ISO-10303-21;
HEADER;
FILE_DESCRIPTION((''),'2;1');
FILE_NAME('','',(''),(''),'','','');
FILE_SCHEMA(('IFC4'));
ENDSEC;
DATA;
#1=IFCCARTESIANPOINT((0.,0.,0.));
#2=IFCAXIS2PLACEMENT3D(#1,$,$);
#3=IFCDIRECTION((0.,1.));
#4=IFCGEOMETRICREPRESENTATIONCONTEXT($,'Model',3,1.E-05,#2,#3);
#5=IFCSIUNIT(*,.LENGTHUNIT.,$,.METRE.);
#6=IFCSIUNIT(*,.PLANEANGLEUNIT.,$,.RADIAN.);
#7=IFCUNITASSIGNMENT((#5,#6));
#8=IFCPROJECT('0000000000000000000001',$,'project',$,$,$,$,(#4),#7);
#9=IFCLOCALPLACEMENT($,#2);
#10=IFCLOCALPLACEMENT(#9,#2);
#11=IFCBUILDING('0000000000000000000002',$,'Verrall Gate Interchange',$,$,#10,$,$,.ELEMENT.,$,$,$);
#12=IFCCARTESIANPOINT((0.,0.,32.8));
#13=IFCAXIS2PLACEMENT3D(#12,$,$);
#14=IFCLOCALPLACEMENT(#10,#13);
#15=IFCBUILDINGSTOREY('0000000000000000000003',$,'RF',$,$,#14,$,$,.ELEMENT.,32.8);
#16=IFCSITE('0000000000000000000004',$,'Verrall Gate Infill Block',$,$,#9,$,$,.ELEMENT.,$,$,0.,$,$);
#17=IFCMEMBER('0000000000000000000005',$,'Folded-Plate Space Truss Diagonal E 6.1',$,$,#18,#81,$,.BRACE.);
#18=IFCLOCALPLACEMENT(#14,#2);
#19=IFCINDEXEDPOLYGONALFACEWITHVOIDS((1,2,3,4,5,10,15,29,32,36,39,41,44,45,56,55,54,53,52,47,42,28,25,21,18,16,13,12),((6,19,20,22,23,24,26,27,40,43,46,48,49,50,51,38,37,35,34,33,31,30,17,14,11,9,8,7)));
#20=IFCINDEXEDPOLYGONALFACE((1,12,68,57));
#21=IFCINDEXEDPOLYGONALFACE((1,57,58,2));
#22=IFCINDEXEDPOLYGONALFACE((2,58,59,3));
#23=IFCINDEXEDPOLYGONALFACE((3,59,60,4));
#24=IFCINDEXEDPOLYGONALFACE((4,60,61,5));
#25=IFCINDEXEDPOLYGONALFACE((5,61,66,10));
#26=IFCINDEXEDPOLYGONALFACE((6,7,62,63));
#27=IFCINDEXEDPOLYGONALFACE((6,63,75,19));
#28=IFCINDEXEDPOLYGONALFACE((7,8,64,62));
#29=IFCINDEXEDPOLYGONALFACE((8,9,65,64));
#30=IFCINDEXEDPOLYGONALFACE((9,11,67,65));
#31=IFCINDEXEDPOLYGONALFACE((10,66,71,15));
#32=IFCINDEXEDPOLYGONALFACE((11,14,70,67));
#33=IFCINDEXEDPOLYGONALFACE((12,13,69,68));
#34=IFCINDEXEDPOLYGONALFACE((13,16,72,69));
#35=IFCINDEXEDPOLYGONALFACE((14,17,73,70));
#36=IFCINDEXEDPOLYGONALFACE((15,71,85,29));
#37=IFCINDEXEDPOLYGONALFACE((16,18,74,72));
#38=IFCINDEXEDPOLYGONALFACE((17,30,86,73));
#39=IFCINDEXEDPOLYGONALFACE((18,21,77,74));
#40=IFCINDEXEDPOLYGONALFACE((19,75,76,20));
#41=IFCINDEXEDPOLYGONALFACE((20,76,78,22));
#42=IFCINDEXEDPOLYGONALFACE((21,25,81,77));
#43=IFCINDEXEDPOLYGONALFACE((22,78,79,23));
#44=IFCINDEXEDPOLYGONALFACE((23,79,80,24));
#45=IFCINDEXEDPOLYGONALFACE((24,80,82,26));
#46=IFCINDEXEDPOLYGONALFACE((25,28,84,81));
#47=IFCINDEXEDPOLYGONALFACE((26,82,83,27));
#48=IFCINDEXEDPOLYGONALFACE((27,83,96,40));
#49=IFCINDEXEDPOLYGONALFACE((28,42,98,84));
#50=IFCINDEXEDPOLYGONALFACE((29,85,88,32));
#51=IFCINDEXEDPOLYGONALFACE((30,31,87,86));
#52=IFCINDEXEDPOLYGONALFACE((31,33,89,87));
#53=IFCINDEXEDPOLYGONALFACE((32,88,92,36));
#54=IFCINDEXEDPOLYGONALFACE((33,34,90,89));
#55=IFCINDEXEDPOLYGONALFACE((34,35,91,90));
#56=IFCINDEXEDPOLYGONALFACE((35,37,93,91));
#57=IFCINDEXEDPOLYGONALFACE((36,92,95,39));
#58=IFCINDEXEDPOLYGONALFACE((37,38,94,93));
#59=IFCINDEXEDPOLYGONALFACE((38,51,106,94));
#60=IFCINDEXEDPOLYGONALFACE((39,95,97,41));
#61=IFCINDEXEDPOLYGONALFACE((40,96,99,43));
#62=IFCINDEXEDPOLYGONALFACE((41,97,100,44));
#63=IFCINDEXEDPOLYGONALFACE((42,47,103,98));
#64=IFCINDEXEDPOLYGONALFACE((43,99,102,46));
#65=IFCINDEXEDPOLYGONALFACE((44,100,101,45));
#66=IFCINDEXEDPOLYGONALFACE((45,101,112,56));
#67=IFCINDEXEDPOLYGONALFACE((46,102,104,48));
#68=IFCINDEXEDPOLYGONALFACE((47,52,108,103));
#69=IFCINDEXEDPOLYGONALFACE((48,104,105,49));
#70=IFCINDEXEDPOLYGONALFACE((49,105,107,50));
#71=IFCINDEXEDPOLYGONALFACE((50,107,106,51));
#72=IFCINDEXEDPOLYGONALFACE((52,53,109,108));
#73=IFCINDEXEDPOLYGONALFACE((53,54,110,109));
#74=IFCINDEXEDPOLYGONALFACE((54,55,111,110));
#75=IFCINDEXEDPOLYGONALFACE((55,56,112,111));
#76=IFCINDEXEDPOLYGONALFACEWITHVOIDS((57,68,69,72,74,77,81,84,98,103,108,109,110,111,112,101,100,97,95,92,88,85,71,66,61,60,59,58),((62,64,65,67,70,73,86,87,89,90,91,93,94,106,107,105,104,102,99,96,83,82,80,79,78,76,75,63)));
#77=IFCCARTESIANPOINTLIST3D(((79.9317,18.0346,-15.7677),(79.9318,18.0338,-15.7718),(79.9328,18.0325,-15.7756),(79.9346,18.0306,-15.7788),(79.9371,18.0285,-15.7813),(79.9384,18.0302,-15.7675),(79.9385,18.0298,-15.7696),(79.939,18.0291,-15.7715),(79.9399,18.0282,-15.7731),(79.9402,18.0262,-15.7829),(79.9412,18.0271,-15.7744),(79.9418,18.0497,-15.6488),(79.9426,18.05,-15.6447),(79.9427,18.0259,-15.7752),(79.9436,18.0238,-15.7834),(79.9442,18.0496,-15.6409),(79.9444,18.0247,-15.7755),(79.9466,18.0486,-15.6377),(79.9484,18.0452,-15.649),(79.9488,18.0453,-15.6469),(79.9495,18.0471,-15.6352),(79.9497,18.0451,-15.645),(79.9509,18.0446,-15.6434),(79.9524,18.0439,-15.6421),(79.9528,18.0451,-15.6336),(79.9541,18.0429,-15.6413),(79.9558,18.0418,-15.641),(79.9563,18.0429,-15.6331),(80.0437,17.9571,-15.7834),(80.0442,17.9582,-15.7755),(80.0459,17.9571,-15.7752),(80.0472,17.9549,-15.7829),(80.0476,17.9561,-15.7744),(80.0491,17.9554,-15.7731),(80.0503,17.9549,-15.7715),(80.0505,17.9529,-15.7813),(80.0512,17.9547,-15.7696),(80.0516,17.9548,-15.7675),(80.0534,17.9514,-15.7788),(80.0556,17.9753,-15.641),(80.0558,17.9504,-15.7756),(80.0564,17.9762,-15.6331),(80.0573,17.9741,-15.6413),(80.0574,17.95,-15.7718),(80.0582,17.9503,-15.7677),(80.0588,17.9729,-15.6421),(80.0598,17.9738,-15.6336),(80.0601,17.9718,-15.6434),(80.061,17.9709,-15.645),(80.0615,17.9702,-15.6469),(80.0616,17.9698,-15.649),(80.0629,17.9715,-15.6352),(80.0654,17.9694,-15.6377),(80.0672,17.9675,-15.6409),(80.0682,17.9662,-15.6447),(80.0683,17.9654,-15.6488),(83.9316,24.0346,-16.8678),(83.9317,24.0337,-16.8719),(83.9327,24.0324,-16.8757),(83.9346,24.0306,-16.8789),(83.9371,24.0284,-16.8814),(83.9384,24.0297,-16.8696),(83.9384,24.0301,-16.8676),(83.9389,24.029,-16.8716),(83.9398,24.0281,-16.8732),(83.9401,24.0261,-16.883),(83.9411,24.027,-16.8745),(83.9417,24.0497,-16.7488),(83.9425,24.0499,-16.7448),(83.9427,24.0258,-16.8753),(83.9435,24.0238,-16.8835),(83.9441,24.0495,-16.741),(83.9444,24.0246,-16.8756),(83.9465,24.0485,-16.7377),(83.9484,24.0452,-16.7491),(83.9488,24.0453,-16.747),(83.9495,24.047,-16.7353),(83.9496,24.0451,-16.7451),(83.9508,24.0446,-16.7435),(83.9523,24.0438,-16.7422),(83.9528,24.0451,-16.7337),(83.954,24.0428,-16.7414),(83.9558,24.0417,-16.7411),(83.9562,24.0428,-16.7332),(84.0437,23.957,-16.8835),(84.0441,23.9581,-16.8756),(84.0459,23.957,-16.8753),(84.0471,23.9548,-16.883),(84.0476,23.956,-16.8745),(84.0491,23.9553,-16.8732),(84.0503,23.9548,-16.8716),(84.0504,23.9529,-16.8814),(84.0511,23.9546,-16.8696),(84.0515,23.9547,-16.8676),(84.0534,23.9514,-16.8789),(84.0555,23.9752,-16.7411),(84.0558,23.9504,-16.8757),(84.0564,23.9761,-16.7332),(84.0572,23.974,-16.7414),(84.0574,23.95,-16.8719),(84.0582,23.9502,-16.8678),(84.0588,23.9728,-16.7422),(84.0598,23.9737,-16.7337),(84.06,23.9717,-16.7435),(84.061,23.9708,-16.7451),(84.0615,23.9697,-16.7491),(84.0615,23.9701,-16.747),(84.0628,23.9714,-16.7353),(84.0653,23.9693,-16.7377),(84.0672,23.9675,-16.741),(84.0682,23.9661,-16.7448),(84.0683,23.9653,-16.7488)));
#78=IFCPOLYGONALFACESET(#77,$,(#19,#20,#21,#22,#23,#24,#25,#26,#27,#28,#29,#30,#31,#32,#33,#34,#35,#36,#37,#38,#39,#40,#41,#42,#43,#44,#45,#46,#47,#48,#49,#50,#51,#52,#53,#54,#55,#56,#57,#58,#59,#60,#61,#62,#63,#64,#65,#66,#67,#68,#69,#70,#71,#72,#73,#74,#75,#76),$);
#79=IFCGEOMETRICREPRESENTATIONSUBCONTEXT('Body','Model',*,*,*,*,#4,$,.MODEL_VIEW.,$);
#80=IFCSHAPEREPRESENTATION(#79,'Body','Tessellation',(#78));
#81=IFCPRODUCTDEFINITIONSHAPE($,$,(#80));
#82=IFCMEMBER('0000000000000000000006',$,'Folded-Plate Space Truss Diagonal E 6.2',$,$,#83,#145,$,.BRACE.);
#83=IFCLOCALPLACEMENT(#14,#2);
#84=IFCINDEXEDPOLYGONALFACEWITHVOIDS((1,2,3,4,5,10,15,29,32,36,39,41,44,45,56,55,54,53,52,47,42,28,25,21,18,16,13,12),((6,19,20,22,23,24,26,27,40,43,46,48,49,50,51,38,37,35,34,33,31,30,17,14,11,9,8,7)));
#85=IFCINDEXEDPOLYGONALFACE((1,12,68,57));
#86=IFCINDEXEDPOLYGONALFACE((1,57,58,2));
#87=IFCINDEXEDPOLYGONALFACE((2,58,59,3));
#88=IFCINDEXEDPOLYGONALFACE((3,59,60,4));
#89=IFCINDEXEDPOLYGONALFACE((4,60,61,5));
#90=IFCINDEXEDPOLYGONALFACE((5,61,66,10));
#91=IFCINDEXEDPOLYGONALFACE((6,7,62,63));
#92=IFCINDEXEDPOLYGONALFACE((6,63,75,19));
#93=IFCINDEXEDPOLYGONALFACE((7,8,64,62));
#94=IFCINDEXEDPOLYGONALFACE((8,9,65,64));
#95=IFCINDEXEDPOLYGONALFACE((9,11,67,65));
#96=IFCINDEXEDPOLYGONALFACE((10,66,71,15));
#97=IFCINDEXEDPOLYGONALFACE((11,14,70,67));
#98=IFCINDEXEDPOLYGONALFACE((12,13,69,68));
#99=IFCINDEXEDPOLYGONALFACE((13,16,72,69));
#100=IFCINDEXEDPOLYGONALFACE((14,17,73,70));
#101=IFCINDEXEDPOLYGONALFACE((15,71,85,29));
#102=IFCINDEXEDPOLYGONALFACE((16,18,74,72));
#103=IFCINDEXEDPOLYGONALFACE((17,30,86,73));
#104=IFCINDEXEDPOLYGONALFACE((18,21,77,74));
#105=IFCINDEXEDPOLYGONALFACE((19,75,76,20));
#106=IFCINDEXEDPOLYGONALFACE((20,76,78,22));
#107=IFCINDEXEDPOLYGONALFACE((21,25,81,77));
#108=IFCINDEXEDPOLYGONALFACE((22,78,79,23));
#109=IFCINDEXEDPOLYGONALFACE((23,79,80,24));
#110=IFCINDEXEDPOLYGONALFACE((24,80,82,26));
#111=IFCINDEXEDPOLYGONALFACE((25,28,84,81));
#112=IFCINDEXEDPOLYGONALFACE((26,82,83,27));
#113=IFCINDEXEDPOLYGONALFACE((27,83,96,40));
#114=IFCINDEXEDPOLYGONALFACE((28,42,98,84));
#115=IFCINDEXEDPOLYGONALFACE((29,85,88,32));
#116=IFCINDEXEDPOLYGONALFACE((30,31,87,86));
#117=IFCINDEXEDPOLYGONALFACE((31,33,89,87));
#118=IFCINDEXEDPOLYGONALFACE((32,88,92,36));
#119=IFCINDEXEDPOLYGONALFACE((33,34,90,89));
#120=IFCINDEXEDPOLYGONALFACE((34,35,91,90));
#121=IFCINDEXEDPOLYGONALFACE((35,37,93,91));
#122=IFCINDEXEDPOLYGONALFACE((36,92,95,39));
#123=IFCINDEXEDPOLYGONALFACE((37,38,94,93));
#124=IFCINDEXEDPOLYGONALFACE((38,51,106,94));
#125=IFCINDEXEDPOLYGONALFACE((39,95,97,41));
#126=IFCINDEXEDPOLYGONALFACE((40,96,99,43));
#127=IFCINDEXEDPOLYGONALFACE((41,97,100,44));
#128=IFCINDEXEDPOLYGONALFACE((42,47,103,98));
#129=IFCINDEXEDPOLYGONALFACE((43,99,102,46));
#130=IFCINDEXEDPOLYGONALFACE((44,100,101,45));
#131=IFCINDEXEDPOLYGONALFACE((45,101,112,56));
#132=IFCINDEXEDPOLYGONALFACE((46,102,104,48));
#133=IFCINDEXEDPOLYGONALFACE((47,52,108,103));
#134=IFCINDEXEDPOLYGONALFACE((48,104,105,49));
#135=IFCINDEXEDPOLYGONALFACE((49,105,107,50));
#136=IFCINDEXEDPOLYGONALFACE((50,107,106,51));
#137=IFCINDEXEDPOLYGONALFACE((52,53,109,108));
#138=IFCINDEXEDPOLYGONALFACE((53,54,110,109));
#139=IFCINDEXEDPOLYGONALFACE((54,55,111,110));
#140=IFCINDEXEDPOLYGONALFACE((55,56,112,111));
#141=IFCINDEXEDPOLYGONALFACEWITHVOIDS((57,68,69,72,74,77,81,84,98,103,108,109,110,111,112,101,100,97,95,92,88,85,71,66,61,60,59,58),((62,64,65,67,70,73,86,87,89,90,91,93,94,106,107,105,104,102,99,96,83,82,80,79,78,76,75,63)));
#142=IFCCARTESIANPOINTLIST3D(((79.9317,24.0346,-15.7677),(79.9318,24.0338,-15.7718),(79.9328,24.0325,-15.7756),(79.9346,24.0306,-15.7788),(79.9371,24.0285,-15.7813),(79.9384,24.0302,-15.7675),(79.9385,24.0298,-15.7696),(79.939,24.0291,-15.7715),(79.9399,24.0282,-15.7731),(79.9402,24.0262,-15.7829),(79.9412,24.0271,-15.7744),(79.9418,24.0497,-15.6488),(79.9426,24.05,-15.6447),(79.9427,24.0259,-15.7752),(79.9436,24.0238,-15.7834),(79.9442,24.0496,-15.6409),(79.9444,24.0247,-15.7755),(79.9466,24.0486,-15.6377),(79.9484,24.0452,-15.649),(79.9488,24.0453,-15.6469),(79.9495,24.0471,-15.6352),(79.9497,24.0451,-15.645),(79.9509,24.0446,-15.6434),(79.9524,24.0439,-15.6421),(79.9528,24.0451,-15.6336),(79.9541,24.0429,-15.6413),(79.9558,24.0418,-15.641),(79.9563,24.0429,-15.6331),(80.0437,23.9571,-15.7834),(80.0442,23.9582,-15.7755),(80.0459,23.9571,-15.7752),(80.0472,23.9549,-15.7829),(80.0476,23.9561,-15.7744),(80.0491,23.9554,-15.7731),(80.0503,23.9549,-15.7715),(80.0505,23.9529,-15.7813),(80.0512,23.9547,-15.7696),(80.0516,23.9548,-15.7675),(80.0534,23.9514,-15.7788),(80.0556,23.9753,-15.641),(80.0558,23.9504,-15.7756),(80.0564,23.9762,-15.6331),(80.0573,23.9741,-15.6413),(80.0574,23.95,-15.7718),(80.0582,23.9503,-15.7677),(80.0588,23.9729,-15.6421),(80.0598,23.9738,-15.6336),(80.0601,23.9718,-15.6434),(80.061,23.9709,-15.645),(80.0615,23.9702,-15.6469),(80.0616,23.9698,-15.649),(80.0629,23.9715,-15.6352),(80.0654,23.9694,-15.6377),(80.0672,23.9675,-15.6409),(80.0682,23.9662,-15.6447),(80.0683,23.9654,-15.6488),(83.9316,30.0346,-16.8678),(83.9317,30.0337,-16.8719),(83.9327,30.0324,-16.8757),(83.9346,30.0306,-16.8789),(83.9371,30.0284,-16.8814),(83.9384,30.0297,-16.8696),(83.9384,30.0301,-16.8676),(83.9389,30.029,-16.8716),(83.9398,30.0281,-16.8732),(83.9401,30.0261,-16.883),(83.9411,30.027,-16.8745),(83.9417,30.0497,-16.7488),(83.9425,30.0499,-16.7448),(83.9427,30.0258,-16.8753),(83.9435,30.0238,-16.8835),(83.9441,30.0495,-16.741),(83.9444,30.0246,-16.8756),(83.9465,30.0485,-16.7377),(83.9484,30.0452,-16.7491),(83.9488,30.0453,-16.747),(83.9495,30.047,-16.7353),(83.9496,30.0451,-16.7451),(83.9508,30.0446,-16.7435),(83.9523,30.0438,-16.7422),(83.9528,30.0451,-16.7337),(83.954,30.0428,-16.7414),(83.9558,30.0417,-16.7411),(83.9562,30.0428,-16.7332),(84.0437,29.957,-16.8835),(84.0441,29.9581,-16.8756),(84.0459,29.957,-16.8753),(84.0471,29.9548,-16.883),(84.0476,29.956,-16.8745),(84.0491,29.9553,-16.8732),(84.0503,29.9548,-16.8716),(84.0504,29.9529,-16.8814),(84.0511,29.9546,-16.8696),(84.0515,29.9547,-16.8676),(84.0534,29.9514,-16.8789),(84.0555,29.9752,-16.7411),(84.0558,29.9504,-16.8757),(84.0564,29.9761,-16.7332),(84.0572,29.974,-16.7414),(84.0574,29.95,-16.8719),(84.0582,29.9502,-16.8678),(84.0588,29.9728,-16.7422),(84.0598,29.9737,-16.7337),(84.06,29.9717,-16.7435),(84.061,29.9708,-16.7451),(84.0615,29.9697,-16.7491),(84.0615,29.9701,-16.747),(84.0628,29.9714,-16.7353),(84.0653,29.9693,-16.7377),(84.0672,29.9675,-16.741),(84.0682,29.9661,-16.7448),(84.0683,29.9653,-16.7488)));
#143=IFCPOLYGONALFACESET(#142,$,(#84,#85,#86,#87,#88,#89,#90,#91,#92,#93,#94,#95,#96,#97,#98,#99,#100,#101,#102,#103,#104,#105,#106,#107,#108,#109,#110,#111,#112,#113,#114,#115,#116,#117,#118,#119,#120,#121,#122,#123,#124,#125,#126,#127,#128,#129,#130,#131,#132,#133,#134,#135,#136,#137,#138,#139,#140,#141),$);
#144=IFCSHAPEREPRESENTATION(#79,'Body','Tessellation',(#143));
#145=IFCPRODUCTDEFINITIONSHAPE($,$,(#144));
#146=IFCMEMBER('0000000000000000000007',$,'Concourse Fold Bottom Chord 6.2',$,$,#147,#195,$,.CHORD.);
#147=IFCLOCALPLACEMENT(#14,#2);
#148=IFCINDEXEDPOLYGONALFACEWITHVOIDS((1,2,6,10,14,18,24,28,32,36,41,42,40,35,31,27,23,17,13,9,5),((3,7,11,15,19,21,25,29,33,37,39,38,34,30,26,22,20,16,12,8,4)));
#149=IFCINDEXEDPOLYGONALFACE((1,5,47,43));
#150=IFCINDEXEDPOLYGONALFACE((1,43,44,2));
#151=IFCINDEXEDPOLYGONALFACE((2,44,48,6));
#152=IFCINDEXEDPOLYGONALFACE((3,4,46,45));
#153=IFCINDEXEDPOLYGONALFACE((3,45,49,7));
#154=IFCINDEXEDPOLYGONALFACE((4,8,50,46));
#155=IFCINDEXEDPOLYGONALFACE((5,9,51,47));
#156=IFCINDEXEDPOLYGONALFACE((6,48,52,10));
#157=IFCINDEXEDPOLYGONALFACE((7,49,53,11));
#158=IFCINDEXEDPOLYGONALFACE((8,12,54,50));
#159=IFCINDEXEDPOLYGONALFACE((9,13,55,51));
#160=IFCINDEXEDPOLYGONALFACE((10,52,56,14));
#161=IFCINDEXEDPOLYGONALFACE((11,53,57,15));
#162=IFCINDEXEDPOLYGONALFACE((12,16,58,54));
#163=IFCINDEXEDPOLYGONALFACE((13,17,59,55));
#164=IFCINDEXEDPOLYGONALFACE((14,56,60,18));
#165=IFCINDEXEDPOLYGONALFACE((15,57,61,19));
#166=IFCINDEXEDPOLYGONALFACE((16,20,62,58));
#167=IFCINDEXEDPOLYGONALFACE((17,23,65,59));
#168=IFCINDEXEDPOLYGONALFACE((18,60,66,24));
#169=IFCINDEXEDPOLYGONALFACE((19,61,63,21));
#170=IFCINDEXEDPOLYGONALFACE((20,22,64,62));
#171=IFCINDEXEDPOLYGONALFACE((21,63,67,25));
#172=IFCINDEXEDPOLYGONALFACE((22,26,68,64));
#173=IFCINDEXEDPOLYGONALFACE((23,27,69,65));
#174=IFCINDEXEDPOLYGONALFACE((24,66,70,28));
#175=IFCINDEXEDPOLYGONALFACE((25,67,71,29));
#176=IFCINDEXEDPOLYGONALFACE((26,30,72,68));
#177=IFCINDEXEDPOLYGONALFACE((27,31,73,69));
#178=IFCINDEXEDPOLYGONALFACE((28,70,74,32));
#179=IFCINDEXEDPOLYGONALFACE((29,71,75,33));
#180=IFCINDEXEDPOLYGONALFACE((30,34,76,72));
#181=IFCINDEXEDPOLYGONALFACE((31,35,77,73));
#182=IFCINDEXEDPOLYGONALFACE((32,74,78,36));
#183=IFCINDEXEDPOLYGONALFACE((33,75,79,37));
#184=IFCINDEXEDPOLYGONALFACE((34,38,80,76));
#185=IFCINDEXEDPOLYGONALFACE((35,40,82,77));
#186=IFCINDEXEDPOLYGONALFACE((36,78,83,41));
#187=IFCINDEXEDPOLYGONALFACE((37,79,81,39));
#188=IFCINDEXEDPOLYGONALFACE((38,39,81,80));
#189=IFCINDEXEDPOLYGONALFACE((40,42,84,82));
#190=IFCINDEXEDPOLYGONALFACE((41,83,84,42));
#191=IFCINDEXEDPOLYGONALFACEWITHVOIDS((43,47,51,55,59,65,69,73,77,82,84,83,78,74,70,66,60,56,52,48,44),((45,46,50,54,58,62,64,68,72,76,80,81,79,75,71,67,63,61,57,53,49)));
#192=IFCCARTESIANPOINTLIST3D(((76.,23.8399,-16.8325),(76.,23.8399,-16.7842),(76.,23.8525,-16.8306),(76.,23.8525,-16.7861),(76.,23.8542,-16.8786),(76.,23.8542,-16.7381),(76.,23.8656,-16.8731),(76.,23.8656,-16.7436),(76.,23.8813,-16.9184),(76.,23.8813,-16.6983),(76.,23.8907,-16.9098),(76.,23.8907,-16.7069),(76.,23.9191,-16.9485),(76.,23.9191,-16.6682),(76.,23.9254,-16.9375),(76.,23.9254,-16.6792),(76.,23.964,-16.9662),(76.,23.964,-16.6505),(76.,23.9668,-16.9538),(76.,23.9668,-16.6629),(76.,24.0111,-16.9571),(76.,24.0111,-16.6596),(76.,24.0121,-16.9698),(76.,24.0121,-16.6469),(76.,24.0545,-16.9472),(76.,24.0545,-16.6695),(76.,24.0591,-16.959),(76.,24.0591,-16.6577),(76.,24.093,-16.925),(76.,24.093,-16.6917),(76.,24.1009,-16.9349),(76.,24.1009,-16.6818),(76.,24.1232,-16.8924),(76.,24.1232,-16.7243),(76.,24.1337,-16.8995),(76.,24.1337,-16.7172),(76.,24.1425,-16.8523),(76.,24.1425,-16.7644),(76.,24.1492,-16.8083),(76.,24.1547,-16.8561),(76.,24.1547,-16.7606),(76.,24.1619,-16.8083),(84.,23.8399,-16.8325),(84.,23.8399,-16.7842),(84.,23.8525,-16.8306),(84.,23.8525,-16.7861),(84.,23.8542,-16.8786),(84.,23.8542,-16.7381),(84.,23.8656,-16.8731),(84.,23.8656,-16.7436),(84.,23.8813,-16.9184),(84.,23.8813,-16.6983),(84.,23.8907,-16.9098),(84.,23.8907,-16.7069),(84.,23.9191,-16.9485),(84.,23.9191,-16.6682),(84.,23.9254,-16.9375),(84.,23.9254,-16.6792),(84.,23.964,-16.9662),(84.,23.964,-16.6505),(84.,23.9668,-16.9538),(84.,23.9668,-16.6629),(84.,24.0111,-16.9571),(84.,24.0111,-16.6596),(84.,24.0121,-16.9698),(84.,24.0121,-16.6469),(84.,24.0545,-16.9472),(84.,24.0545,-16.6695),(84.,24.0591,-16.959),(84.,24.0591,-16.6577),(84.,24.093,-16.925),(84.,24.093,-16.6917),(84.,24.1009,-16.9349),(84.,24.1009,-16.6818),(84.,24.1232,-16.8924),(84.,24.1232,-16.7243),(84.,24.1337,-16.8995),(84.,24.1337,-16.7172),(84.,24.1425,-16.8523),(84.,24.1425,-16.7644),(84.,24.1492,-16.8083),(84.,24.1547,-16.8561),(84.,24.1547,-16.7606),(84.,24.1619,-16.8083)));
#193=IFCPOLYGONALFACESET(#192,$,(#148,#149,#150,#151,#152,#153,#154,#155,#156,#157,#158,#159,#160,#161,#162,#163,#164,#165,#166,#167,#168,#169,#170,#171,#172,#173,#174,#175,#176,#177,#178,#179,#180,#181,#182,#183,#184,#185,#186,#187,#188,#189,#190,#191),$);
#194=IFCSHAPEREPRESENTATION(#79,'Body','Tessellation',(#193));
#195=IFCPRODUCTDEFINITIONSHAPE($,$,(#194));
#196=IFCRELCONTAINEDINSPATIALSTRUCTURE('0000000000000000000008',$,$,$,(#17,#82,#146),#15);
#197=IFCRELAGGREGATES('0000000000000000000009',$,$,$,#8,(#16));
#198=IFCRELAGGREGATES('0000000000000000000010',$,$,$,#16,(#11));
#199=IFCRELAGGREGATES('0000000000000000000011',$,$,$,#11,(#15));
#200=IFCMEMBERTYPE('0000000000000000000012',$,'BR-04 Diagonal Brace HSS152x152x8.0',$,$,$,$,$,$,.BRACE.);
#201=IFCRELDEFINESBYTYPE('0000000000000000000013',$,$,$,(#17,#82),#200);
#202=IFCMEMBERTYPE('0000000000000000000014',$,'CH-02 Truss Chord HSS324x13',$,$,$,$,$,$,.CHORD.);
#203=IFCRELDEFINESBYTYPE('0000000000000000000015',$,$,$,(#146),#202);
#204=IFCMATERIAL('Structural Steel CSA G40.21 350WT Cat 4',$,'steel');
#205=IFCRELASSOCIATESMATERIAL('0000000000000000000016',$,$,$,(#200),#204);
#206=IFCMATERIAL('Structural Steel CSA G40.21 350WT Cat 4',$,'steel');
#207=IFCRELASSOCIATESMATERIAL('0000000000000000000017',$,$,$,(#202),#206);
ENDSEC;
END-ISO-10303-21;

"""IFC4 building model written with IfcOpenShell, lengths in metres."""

from ifc_helpers import new_model, si_unit, direction, frame, origin, origin_2d, place, context, subcontext, project, spatial, hollow_rectangle, hollow_circle, extrude, material, material_profile, profile_set, type_object, element, save


model = new_model("IFC4")

# Units and contexts
model_context = context("Model", 3, precision=1e-05, world=origin(), true_north=direction((0.0, 1.0)))
body_context = subcontext(model_context, "Body", "Model", "MODEL_VIEW")
ifc_project = project(units=[si_unit("LENGTHUNIT", "METRE"), si_unit("PLANEANGLEUNIT", "RADIAN")], contexts=[model_context])

# Site, building, storey
site_placement = place(None, origin())
site = spatial("IfcSite", under=ifc_project, at=site_placement, Name="Verrall Gate Infill Block", CompositionType="ELEMENT", RefElevation=0.0)
building_placement = place(site_placement, origin())
building = spatial("IfcBuilding", under=site, at=building_placement, Name="Verrall Gate Interchange", CompositionType="ELEMENT")
storey_placement = place(building_placement, frame((0.0, 0.0, 32.8)))
storey = spatial("IfcBuildingStorey", under=building, at=storey_placement, Name="RF", CompositionType="ELEMENT", Elevation=32.8)

# Members
ifc_material_1 = material(Name="Structural Steel CSA G40.21 350WT Cat 4", Category="steel")
ifc_material_profile_1 = material_profile(ifc_material_1, hollow_rectangle(XDim=0.1521, YDim=0.1521, WallThickness=0.0081, InnerFilletRadius=0.0081, OuterFilletRadius=0.0159, at=origin_2d()), Name="HSS152x152x8.0")
ifc_profile_set_1 = profile_set([ifc_material_profile_1], Name="Structural Steel CSA G40.21 350WT Cat 4")
member_type_1 = type_object("IfcMemberType", Name="BR-04 Diagonal Brace HSS152x152x8.0", PredefinedType="BRACE", material=ifc_profile_set_1)
for number, where, z_axis, x_axis, name in (
    (1, (80.0, 18.0, -15.7083), (0.548356, 0.822534, -0.150811), (-0.83205, 0.5547, 0.0), "Folded-Plate Space Truss Diagonal E 6.1"),
    (2, (80.0, 24.0, -15.7083), (0.548356, 0.822534, -0.150811), (-0.83205, 0.5547, 0.0), "Folded-Plate Space Truss Diagonal E 6.2"),
):
    element("IfcMember", number, at=place(storey_placement, frame(where, z_axis=z_axis, x_axis=x_axis)), inside=storey, type_object=member_type_1, Name=name, PredefinedType="BRACE", context=body_context, shape_type="SweptSolid", body=[
        extrude(hollow_rectangle(XDim=0.1521, YDim=0.1521, WallThickness=0.0081, InnerFilletRadius=0.0081, OuterFilletRadius=0.0159, at=origin_2d()), origin(), (0.0, 0.0, 1.0), 7.2944),
    ])
ifc_material_2 = material(Name="Structural Steel CSA G40.21 350WT Cat 4", Category="steel")
ifc_material_profile_2 = material_profile(ifc_material_2, hollow_circle(Radius=0.1619, WallThickness=0.0127, at=origin_2d()), Name="HSS324x13")
ifc_profile_set_2 = profile_set([ifc_material_profile_2], Name="Structural Steel CSA G40.21 350WT Cat 4")
member_type_2 = type_object("IfcMemberType", Name="CH-02 Truss Chord HSS324x13", PredefinedType="CHORD", material=ifc_profile_set_2)
for number, where, z_axis, x_axis, name in (
    (3, (76.0, 24.0, -16.8083), (1.0, 0.0, 0.0), (0.0, 1.0, 0.0), "Concourse Fold Bottom Chord 6.2"),
):
    element("IfcMember", number, at=place(storey_placement, frame(where, z_axis=z_axis, x_axis=x_axis)), inside=storey, type_object=member_type_2, Name=name, PredefinedType="CHORD", context=body_context, shape_type="SweptSolid", body=[
        extrude(hollow_circle(Radius=0.1619, WallThickness=0.0127, at=origin_2d()), origin(), (0.0, 0.0, 1.0), 8.0),
    ])

save(model, "model.ifc")
